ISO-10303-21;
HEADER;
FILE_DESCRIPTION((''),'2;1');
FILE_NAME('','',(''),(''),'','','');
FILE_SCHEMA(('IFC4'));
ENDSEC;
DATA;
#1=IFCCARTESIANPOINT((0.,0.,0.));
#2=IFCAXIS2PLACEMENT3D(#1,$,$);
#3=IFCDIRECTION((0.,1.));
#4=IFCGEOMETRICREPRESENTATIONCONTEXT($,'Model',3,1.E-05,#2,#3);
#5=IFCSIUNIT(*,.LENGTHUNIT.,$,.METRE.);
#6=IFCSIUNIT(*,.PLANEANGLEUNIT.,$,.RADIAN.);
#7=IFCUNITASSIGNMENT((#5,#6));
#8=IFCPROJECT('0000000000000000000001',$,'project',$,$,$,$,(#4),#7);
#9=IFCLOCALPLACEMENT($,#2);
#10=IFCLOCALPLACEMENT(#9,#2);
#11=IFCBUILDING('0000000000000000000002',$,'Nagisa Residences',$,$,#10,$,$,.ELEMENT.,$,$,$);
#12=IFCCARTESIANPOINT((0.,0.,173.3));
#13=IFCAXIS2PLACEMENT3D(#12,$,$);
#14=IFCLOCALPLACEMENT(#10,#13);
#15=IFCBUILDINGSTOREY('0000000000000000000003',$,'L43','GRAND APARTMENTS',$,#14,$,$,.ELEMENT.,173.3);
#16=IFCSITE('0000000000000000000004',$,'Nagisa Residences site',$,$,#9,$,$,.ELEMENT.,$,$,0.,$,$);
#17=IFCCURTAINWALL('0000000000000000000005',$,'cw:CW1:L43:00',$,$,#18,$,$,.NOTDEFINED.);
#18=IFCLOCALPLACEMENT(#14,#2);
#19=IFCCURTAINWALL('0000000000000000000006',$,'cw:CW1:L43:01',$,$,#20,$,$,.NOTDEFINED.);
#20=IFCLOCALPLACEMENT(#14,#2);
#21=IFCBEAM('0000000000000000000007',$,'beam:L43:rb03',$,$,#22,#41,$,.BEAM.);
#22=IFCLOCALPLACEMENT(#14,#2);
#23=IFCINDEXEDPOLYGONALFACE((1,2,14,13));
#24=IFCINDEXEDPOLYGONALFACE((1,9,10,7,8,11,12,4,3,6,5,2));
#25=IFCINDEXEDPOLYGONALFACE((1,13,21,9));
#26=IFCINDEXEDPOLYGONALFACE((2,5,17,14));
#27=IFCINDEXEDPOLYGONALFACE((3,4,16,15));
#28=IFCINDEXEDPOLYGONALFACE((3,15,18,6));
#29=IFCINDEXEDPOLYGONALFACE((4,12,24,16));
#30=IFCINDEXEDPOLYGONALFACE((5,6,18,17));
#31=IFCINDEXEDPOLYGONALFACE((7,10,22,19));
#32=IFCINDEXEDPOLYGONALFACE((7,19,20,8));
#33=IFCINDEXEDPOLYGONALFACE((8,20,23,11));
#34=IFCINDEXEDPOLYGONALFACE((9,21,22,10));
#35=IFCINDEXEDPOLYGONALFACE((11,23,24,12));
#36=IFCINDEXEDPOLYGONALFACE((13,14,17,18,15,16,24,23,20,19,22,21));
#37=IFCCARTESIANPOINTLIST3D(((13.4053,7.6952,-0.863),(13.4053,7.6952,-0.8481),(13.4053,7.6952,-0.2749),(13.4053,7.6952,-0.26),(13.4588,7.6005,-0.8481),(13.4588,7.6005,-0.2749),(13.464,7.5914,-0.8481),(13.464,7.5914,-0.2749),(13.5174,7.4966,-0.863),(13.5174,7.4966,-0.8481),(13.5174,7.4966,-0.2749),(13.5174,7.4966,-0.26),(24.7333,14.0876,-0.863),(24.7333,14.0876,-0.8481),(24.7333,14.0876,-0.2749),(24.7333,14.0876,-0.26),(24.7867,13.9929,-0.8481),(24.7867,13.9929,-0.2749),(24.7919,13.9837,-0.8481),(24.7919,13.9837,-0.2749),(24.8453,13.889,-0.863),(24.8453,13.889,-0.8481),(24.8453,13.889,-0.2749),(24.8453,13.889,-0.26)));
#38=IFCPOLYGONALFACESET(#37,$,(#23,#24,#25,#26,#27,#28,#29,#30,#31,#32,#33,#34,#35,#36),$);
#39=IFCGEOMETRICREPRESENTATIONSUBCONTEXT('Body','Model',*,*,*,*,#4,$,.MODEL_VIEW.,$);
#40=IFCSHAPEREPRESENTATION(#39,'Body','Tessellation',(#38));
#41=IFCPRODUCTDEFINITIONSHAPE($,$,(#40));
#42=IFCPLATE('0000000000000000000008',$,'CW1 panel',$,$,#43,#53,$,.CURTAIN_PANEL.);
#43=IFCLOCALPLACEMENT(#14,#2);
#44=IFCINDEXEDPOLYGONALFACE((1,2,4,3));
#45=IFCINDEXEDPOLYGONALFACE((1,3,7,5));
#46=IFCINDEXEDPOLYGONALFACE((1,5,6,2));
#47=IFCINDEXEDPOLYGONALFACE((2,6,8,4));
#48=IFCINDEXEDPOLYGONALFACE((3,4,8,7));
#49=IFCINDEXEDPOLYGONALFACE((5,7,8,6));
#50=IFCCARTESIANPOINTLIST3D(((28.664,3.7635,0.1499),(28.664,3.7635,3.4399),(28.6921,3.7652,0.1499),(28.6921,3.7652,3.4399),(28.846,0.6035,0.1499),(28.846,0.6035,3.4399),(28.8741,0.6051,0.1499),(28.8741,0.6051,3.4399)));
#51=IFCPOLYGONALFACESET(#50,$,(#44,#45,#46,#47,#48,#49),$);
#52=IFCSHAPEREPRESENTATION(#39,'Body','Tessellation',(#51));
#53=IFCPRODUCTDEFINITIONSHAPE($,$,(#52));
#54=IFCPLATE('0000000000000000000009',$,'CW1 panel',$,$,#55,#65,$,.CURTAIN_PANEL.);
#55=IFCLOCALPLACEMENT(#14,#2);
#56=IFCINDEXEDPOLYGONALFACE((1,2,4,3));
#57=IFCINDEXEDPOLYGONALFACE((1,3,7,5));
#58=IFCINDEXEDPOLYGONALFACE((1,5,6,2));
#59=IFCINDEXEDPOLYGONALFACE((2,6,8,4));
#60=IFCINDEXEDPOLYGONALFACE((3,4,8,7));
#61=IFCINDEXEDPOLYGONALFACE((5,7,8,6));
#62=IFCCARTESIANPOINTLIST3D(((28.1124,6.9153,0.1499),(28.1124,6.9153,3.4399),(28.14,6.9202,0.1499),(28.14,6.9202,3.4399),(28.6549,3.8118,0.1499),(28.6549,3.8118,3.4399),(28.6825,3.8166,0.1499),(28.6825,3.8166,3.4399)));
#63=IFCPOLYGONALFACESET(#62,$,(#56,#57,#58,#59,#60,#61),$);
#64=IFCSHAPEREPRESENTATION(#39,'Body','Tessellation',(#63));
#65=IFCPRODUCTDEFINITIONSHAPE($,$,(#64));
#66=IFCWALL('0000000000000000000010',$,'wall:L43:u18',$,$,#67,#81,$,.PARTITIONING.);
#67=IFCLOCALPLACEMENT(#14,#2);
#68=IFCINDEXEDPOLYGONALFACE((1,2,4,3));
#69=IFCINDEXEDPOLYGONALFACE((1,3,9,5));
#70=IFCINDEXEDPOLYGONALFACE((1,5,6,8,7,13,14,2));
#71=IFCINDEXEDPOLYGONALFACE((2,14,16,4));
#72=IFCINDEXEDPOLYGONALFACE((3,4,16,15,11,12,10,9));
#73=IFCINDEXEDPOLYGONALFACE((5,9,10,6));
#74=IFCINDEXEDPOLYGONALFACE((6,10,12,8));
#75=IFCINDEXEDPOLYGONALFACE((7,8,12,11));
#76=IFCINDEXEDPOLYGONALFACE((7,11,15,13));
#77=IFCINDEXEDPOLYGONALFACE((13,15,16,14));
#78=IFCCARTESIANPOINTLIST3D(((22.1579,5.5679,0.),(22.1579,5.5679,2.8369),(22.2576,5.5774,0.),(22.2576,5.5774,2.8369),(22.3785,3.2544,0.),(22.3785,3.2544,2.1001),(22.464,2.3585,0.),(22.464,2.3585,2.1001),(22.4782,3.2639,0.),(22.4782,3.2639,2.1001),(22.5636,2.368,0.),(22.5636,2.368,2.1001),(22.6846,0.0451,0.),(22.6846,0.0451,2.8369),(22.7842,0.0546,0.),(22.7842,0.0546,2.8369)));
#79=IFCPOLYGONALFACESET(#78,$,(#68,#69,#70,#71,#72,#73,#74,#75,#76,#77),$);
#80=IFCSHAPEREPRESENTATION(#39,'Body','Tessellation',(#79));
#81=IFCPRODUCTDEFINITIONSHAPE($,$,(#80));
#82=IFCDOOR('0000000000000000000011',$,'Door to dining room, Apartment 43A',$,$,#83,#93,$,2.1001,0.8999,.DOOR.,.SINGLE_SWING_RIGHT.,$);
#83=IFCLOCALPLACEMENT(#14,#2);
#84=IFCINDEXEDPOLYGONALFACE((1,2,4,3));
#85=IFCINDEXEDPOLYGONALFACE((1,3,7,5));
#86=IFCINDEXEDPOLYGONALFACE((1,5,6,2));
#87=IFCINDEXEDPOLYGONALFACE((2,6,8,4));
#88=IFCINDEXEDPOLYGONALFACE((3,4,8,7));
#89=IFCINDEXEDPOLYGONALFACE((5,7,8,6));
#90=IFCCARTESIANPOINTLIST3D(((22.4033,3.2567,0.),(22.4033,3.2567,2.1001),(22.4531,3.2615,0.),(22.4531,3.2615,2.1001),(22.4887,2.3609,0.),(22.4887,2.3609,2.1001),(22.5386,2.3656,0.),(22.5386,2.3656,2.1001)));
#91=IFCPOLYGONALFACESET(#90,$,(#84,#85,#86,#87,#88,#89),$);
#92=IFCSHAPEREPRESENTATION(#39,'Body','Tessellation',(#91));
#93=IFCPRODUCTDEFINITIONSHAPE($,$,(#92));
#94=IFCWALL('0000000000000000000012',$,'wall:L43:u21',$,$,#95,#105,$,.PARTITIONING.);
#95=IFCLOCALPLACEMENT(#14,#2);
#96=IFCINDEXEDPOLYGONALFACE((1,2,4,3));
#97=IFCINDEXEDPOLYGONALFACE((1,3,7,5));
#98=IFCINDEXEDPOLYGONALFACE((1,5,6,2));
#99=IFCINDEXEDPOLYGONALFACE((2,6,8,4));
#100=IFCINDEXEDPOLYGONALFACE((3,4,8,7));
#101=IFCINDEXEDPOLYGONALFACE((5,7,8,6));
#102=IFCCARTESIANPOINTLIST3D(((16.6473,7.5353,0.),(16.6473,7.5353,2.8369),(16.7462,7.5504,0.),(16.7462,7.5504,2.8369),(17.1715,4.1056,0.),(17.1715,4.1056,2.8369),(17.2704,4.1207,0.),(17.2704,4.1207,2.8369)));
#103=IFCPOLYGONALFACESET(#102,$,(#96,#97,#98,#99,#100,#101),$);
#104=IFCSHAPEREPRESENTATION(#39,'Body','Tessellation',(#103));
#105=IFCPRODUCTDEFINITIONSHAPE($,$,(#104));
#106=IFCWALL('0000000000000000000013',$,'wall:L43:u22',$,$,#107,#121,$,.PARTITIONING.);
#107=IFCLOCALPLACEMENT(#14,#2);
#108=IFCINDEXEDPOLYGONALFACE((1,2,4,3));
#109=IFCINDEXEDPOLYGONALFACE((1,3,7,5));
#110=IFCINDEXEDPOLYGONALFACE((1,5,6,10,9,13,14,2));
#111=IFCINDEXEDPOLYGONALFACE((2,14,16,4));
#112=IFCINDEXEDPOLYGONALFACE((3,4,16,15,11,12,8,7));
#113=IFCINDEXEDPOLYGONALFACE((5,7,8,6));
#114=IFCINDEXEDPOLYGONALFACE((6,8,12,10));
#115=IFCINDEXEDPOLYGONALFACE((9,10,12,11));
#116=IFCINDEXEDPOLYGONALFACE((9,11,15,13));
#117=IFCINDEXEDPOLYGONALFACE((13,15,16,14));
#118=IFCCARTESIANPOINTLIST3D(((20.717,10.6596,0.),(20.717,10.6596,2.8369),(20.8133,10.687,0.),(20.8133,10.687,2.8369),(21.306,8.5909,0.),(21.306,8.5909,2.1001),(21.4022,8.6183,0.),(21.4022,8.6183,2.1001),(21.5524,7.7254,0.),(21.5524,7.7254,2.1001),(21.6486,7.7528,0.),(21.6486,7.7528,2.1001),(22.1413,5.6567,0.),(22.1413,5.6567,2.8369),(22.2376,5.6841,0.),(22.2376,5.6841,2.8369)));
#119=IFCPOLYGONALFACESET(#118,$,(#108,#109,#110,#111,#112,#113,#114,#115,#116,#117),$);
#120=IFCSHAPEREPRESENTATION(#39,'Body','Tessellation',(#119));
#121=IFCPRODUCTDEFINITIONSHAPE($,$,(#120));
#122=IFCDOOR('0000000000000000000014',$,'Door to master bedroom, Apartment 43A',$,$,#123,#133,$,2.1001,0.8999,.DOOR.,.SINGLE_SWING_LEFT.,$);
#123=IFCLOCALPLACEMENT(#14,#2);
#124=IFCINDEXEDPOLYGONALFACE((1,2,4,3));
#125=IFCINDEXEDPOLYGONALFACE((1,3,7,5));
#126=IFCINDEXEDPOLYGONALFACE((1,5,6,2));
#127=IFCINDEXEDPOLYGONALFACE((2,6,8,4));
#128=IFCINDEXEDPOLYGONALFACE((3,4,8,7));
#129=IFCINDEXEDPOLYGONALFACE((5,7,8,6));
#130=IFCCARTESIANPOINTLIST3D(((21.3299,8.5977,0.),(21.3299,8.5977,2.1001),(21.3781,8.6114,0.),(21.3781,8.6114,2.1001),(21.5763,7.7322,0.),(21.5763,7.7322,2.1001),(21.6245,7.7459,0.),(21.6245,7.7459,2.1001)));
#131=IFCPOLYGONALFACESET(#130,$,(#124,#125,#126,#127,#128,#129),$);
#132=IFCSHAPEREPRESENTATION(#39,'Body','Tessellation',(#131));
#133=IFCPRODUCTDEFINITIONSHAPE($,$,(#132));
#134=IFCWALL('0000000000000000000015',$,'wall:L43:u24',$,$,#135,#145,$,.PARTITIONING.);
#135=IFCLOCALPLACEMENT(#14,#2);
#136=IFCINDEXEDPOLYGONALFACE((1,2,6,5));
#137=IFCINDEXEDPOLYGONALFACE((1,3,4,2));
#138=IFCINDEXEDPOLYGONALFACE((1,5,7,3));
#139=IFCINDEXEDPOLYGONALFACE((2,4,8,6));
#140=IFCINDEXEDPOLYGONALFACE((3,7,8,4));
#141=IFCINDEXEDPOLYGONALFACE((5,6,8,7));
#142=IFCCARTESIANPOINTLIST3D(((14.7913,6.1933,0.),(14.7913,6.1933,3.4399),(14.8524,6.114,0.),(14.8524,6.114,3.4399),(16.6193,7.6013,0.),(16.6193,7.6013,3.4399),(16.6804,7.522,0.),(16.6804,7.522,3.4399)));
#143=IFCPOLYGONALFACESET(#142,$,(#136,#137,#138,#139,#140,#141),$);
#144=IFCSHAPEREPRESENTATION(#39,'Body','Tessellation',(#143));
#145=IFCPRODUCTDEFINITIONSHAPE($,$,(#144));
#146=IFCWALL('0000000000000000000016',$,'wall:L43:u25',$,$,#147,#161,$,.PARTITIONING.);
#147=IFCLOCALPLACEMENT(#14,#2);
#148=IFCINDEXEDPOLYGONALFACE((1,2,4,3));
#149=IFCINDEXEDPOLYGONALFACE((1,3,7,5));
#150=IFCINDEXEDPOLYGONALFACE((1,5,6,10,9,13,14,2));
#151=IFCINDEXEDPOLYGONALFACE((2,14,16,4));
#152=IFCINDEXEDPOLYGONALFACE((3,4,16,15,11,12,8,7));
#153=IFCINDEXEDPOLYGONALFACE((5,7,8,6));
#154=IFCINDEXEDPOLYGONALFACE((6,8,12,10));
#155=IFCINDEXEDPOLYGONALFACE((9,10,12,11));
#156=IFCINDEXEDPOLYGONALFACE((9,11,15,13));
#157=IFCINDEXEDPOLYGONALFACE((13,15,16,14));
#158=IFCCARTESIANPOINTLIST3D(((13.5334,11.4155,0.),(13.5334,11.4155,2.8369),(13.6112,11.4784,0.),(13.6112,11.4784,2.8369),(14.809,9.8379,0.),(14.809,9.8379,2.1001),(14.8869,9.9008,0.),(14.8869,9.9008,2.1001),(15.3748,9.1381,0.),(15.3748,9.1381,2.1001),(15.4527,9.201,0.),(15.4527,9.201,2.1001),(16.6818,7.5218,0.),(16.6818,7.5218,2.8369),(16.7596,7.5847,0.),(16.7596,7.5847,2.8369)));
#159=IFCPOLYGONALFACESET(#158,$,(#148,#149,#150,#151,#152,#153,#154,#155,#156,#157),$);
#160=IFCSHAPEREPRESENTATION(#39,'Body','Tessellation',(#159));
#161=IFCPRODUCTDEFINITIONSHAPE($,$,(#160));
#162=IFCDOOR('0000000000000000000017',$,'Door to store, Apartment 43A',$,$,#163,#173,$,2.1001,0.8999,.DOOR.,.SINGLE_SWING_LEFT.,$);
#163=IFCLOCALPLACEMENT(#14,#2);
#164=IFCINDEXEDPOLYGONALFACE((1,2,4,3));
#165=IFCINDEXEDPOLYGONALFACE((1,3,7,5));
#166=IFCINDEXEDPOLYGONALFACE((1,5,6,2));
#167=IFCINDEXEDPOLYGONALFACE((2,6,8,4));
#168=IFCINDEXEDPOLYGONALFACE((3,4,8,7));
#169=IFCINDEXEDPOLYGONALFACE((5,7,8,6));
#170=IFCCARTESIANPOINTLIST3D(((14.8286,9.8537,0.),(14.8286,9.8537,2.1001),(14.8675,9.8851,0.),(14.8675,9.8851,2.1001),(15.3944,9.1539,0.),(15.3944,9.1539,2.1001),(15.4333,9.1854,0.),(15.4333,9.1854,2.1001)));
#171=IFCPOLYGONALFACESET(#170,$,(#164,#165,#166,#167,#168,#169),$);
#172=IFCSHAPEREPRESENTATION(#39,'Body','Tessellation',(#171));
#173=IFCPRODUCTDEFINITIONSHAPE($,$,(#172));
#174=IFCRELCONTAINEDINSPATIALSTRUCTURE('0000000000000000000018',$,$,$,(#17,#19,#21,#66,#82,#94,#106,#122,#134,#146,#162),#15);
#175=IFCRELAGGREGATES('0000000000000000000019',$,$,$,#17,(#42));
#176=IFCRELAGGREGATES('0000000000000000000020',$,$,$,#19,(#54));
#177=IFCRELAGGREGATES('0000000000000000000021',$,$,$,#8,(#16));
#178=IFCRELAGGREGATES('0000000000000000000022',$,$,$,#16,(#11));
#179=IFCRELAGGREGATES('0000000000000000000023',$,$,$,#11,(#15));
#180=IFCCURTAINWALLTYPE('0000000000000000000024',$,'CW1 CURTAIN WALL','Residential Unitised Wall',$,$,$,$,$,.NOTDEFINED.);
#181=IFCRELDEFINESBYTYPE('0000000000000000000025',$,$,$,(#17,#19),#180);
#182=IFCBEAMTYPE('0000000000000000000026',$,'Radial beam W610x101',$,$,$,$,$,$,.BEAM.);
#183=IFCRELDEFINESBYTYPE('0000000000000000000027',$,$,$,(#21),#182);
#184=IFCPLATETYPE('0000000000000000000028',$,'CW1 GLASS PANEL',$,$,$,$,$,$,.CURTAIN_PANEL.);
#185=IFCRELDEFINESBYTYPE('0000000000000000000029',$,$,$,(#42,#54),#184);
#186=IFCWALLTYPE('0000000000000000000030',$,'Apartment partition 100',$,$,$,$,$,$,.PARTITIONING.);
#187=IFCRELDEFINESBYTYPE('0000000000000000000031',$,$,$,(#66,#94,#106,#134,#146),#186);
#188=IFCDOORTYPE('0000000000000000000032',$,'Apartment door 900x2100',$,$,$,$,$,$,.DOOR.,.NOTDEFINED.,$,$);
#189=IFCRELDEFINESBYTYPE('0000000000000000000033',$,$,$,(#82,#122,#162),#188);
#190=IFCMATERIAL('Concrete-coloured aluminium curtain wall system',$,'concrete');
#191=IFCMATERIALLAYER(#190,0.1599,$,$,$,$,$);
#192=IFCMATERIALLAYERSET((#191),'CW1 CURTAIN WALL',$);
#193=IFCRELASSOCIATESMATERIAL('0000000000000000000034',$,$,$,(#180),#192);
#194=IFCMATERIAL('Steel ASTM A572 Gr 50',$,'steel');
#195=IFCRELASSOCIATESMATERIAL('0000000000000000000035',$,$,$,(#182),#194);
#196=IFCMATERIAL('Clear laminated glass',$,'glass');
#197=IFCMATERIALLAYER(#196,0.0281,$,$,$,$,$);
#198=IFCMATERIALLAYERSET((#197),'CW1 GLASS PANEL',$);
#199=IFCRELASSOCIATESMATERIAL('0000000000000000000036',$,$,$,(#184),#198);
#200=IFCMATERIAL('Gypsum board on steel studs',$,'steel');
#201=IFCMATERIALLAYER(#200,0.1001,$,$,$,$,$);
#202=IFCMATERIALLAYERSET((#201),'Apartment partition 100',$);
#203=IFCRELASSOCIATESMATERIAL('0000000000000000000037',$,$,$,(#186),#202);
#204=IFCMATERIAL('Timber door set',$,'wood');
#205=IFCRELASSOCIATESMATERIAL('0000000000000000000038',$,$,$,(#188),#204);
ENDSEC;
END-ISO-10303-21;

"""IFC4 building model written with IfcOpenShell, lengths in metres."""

from ifc_helpers import new_model, si_unit, direction, frame, frame_2d, origin, origin_2d, place, context, subcontext, project, spatial, rectangle, i_section, extrude, material, layer, layer_set, material_profile, profile_set, type_object, element, fill, aggregate, save


model = new_model("IFC4")

# Units and contexts
model_context = context("Model", 3, precision=1e-05, world=origin(), true_north=direction((0.0, 1.0)))
body_context = subcontext(model_context, "Body", "Model", "MODEL_VIEW")
ifc_project = project(units=[si_unit("LENGTHUNIT", "METRE"), si_unit("PLANEANGLEUNIT", "RADIAN")], contexts=[model_context])

# Site, building, storey
site_placement = place(None, origin())
site = spatial("IfcSite", under=ifc_project, at=site_placement, Name="Nagisa Residences site", CompositionType="ELEMENT", RefElevation=0.0)
building_placement = place(site_placement, origin())
building = spatial("IfcBuilding", under=site, at=building_placement, Name="Nagisa Residences", CompositionType="ELEMENT")
storey_placement = place(building_placement, frame((0.0, 0.0, 173.3)))
storey = spatial("IfcBuildingStorey", under=building, at=storey_placement, Name="L43", Description="GRAND APARTMENTS", CompositionType="ELEMENT", Elevation=173.3)

# Curtain walls
ifc_material_1 = material(Name="Concrete-coloured aluminium curtain wall system", Category="concrete")
ifc_layer_1 = layer(ifc_material_1, 0.1599)
ifc_layer_set_1 = layer_set([ifc_layer_1], Name="CW1 CURTAIN WALL")
curtain_wall_type = type_object("IfcCurtainWallType", Name="CW1 CURTAIN WALL", Description="Residential Unitised Wall", PredefinedType="NOTDEFINED", material=ifc_layer_set_1)
curtain_wall_1_placement = place(storey_placement, origin())
curtain_wall_1 = element("IfcCurtainWall", 1, at=curtain_wall_1_placement, inside=storey, type_object=curtain_wall_type, Name="cw:CW1:L43:00", PredefinedType="NOTDEFINED")
curtain_wall_2_placement = place(storey_placement, origin())
curtain_wall_2 = element("IfcCurtainWall", 2, at=curtain_wall_2_placement, inside=storey, type_object=curtain_wall_type, Name="cw:CW1:L43:01", PredefinedType="NOTDEFINED")

# Beam
ifc_material_2 = material(Name="Steel ASTM A572 Gr 50", Category="steel")
ifc_material_profile_1 = material_profile(ifc_material_2, i_section(OverallWidth=0.228, OverallDepth=0.603, WebThickness=0.0105, FlangeThickness=0.0149, at=origin_2d()), Name="W610x101")
ifc_profile_set_1 = profile_set([ifc_material_profile_1], Name="Steel ASTM A572 Gr 50")
beam_type_1 = type_object("IfcBeamType", Name="Radial beam W610x101", PredefinedType="BEAM", material=ifc_profile_set_1)
beam_1_placement = place(storey_placement, frame((24.7893, 13.9883, -0.5615), z_axis=(-0.870905, -0.491452, 0.0), x_axis=(0.491452, -0.870905, 0.0)))
element("IfcBeam", 3, at=beam_1_placement, inside=storey, type_object=beam_type_1, Name="beam:L43:rb03", PredefinedType="BEAM", context=body_context, shape_type="SweptSolid", body=[
    extrude(i_section(OverallWidth=0.228, OverallDepth=0.603, WebThickness=0.0105, FlangeThickness=0.0149, at=origin_2d()), origin(), (0.0, 0.0, 1.0), 13.0071),
])

# Plates
ifc_material_3 = material(Name="Clear laminated glass", Category="glass")
ifc_layer_2 = layer(ifc_material_3, 0.0281)
ifc_layer_set_2 = layer_set([ifc_layer_2], Name="CW1 GLASS PANEL")
plate_type = type_object("IfcPlateType", Name="CW1 GLASS PANEL", PredefinedType="CURTAIN_PANEL", material=ifc_layer_set_2)
plate_1_placement = place(storey_placement, frame((28.769, 2.1843, 0.1499), z_axis=(0.0, 0.0, 1.0), x_axis=(-0.057503, 0.998345, 0.0)))
plate_1 = element("IfcPlate", 4, at=plate_1_placement, type_object=plate_type, Name="CW1 panel", PredefinedType="CURTAIN_PANEL", context=body_context, shape_type="SweptSolid", body=[
    extrude(rectangle(XDim=3.1653, YDim=0.0281, at=origin_2d()), origin(), (0.0, 0.0, 1.0), 3.29),
])
aggregate(curtain_wall_1, [plate_1])
plate_2_placement = place(storey_placement, frame((28.3975, 5.366, 0.1499), z_axis=(0.0, 0.0, 1.0), x_axis=(-0.172191, 0.985064, 0.0)))
plate_2 = element("IfcPlate", 5, at=plate_2_placement, type_object=plate_type, Name="CW1 panel", PredefinedType="CURTAIN_PANEL", context=body_context, shape_type="SweptSolid", body=[
    extrude(rectangle(XDim=3.1506, YDim=0.0281, at=origin_2d()), origin(), (0.0, 0.0, 1.0), 3.29),
])
aggregate(curtain_wall_2, [plate_2])

# Wall, opening, door
ifc_material_4 = material(Name="Gypsum board on steel studs", Category="steel")
ifc_layer_3 = layer(ifc_material_4, 0.1001)
ifc_layer_set_3 = layer_set([ifc_layer_3], Name="Apartment partition 100")
wall_type_1 = type_object("IfcWallType", Name="Apartment partition 100", PredefinedType="PARTITIONING", material=ifc_layer_set_3)
wall_1_placement = place(storey_placement, frame((22.7344, 0.0498, 0.0), z_axis=(0.0, 0.0, 1.0), x_axis=(-0.094923, 0.995485, 0.0)))
wall_1 = element("IfcWall", 6, at=wall_1_placement, inside=storey, type_object=wall_type_1, Name="wall:L43:u18", PredefinedType="PARTITIONING", context=body_context, shape_type="SweptSolid", body=[
    extrude(rectangle(XDim=5.5479, YDim=0.1001, at=frame_2d((2.7739, 0.0))), origin(), (0.0, 0.0, 1.0), 2.8369),
])
opening_1_placement = place(wall_1_placement, frame((2.324, 0.0, 0.0)))
opening_1 = element("IfcOpeningElement", 7, at=opening_1_placement, cuts=wall_1, PredefinedType="OPENING", context=body_context, shape_type="SweptSolid", body=[
    extrude(rectangle(XDim=0.8999, YDim=2.1001, at=frame_2d((0.45, 1.05))), frame((0.0, 0.0601, 0.0), z_axis=(0.0, -1.0, 0.0), x_axis=(1.0, 0.0, 0.0)), (0.0, 0.0, 1.0), 0.1201),
])
ifc_material_5 = material(Name="Timber door set", Category="wood")
door_type_1 = type_object("IfcDoorType", Name="Apartment door 900x2100", OperationType="NOTDEFINED", PredefinedType="DOOR", material=ifc_material_5)
door_1_placement = place(opening_1_placement, frame((0.8999, 0.0, 0.0), x_axis=(-1.0, 0.0, 0.0)))
door_1 = element("IfcDoor", 8, at=door_1_placement, inside=storey, type_object=door_type_1, Name="Door to dining room, Apartment 43A", OperationType="SINGLE_SWING_RIGHT", OverallHeight=2.1001, OverallWidth=0.8999, PredefinedType="DOOR", context=body_context, shape_type="SweptSolid", body=[
    extrude(rectangle(XDim=0.8999, YDim=2.1001, at=frame_2d((0.45, 1.05))), frame((0.0, 0.0249, 0.0), z_axis=(0.0, -1.0, 0.0), x_axis=(1.0, 0.0, 0.0)), (0.0, 0.0, 1.0), 0.05),
])
fill(opening_1, door_1)

# Wall
wall_2_placement = place(storey_placement, frame((17.2209, 4.113, 0.0), z_axis=(0.0, 0.0, 1.0), x_axis=(-0.151079, 0.988522, 0.0)))
element("IfcWall", 9, at=wall_2_placement, inside=storey, type_object=wall_type_1, Name="wall:L43:u21", PredefinedType="PARTITIONING", context=body_context, shape_type="SweptSolid", body=[
    extrude(rectangle(XDim=3.4695, YDim=0.1001, at=frame_2d((1.7349, 0.0))), origin(), (0.0, 0.0, 1.0), 2.8369),
])

# Wall, opening, door
wall_3_placement = place(storey_placement, frame((22.1895, 5.6704, 0.0), z_axis=(0.0, 0.0, 1.0), x_axis=(-0.273816, 0.961782, 0.0)))
wall_3 = element("IfcWall", 10, at=wall_3_placement, inside=storey, type_object=wall_type_1, Name="wall:L43:u22", PredefinedType="PARTITIONING", context=body_context, shape_type="SweptSolid", body=[
    extrude(rectangle(XDim=5.2017, YDim=0.1001, at=frame_2d((2.6008, 0.0))), origin(), (0.0, 0.0, 1.0), 2.8369),
])
opening_2_placement = place(wall_3_placement, frame((2.1509, 0.0, 0.0)))
opening_2 = element("IfcOpeningElement", 11, at=opening_2_placement, cuts=wall_3, PredefinedType="OPENING", context=body_context, shape_type="SweptSolid", body=[
    extrude(rectangle(XDim=0.8999, YDim=2.1001, at=frame_2d((0.45, 1.05))), frame((0.0, 0.0601, 0.0), z_axis=(0.0, -1.0, 0.0), x_axis=(1.0, 0.0, 0.0)), (0.0, 0.0, 1.0), 0.1201),
])
door_2_placement = place(opening_2_placement, frame((0.8999, 0.0, 0.0), x_axis=(-1.0, 0.0, 0.0)))
door_2 = element("IfcDoor", 12, at=door_2_placement, inside=storey, type_object=door_type_1, Name="Door to master bedroom, Apartment 43A", OperationType="SINGLE_SWING_LEFT", OverallHeight=2.1001, OverallWidth=0.8999, PredefinedType="DOOR", context=body_context, shape_type="SweptSolid", body=[
    extrude(rectangle(XDim=0.8999, YDim=2.1001, at=frame_2d((0.45, 1.05))), frame((0.0, 0.0249, 0.0), z_axis=(0.0, -1.0, 0.0), x_axis=(1.0, 0.0, 0.0)), (0.0, 0.0, 1.0), 0.05),
])
fill(opening_2, door_2)

# Wall
wall_4_placement = place(storey_placement, frame((14.8218, 6.1536, 0.0), z_axis=(0.0, 0.0, 1.0), x_axis=(0.792227, 0.610227, 0.0)))
element("IfcWall", 13, at=wall_4_placement, inside=storey, type_object=wall_type_1, Name="wall:L43:u24", PredefinedType="PARTITIONING", context=body_context, shape_type="SweptSolid", body=[
    extrude(rectangle(XDim=2.3074, YDim=0.1001, at=frame_2d((1.1538, 0.0))), origin(), (0.0, 0.0, 1.0), 3.4399),
])

# Wall, opening, door
wall_5_placement = place(storey_placement, frame((16.7207, 7.5532, 0.0), z_axis=(0.0, 0.0, 1.0), x_axis=(-0.628754, 0.777605, 0.0)))
wall_5 = element("IfcWall", 14, at=wall_5_placement, inside=storey, type_object=wall_type_1, Name="wall:L43:u25", PredefinedType="PARTITIONING", context=body_context, shape_type="SweptSolid", body=[
    extrude(rectangle(XDim=5.0073, YDim=0.1001, at=frame_2d((2.5037, 0.0))), origin(), (0.0, 0.0, 1.0), 2.8369),
])
opening_3_placement = place(wall_5_placement, frame((2.0786, 0.0, 0.0)))
opening_3 = element("IfcOpeningElement", 15, at=opening_3_placement, cuts=wall_5, PredefinedType="OPENING", context=body_context, shape_type="SweptSolid", body=[
    extrude(rectangle(XDim=0.8999, YDim=2.1001, at=frame_2d((0.45, 1.05))), frame((0.0, 0.0601, 0.0), z_axis=(0.0, -1.0, 0.0), x_axis=(1.0, 0.0, 0.0)), (0.0, 0.0, 1.0), 0.1201),
])
door_3_placement = place(opening_3_placement, origin())
door_3 = element("IfcDoor", 16, at=door_3_placement, inside=storey, type_object=door_type_1, Name="Door to store, Apartment 43A", OperationType="SINGLE_SWING_LEFT", OverallHeight=2.1001, OverallWidth=0.8999, PredefinedType="DOOR", context=body_context, shape_type="SweptSolid", body=[
    extrude(rectangle(XDim=0.8999, YDim=2.1001, at=frame_2d((0.45, 1.05))), frame((0.0, 0.0249, 0.0), z_axis=(0.0, -1.0, 0.0), x_axis=(1.0, 0.0, 0.0)), (0.0, 0.0, 1.0), 0.05),
])
fill(opening_3, door_3)

save(model, "model.ifc")
